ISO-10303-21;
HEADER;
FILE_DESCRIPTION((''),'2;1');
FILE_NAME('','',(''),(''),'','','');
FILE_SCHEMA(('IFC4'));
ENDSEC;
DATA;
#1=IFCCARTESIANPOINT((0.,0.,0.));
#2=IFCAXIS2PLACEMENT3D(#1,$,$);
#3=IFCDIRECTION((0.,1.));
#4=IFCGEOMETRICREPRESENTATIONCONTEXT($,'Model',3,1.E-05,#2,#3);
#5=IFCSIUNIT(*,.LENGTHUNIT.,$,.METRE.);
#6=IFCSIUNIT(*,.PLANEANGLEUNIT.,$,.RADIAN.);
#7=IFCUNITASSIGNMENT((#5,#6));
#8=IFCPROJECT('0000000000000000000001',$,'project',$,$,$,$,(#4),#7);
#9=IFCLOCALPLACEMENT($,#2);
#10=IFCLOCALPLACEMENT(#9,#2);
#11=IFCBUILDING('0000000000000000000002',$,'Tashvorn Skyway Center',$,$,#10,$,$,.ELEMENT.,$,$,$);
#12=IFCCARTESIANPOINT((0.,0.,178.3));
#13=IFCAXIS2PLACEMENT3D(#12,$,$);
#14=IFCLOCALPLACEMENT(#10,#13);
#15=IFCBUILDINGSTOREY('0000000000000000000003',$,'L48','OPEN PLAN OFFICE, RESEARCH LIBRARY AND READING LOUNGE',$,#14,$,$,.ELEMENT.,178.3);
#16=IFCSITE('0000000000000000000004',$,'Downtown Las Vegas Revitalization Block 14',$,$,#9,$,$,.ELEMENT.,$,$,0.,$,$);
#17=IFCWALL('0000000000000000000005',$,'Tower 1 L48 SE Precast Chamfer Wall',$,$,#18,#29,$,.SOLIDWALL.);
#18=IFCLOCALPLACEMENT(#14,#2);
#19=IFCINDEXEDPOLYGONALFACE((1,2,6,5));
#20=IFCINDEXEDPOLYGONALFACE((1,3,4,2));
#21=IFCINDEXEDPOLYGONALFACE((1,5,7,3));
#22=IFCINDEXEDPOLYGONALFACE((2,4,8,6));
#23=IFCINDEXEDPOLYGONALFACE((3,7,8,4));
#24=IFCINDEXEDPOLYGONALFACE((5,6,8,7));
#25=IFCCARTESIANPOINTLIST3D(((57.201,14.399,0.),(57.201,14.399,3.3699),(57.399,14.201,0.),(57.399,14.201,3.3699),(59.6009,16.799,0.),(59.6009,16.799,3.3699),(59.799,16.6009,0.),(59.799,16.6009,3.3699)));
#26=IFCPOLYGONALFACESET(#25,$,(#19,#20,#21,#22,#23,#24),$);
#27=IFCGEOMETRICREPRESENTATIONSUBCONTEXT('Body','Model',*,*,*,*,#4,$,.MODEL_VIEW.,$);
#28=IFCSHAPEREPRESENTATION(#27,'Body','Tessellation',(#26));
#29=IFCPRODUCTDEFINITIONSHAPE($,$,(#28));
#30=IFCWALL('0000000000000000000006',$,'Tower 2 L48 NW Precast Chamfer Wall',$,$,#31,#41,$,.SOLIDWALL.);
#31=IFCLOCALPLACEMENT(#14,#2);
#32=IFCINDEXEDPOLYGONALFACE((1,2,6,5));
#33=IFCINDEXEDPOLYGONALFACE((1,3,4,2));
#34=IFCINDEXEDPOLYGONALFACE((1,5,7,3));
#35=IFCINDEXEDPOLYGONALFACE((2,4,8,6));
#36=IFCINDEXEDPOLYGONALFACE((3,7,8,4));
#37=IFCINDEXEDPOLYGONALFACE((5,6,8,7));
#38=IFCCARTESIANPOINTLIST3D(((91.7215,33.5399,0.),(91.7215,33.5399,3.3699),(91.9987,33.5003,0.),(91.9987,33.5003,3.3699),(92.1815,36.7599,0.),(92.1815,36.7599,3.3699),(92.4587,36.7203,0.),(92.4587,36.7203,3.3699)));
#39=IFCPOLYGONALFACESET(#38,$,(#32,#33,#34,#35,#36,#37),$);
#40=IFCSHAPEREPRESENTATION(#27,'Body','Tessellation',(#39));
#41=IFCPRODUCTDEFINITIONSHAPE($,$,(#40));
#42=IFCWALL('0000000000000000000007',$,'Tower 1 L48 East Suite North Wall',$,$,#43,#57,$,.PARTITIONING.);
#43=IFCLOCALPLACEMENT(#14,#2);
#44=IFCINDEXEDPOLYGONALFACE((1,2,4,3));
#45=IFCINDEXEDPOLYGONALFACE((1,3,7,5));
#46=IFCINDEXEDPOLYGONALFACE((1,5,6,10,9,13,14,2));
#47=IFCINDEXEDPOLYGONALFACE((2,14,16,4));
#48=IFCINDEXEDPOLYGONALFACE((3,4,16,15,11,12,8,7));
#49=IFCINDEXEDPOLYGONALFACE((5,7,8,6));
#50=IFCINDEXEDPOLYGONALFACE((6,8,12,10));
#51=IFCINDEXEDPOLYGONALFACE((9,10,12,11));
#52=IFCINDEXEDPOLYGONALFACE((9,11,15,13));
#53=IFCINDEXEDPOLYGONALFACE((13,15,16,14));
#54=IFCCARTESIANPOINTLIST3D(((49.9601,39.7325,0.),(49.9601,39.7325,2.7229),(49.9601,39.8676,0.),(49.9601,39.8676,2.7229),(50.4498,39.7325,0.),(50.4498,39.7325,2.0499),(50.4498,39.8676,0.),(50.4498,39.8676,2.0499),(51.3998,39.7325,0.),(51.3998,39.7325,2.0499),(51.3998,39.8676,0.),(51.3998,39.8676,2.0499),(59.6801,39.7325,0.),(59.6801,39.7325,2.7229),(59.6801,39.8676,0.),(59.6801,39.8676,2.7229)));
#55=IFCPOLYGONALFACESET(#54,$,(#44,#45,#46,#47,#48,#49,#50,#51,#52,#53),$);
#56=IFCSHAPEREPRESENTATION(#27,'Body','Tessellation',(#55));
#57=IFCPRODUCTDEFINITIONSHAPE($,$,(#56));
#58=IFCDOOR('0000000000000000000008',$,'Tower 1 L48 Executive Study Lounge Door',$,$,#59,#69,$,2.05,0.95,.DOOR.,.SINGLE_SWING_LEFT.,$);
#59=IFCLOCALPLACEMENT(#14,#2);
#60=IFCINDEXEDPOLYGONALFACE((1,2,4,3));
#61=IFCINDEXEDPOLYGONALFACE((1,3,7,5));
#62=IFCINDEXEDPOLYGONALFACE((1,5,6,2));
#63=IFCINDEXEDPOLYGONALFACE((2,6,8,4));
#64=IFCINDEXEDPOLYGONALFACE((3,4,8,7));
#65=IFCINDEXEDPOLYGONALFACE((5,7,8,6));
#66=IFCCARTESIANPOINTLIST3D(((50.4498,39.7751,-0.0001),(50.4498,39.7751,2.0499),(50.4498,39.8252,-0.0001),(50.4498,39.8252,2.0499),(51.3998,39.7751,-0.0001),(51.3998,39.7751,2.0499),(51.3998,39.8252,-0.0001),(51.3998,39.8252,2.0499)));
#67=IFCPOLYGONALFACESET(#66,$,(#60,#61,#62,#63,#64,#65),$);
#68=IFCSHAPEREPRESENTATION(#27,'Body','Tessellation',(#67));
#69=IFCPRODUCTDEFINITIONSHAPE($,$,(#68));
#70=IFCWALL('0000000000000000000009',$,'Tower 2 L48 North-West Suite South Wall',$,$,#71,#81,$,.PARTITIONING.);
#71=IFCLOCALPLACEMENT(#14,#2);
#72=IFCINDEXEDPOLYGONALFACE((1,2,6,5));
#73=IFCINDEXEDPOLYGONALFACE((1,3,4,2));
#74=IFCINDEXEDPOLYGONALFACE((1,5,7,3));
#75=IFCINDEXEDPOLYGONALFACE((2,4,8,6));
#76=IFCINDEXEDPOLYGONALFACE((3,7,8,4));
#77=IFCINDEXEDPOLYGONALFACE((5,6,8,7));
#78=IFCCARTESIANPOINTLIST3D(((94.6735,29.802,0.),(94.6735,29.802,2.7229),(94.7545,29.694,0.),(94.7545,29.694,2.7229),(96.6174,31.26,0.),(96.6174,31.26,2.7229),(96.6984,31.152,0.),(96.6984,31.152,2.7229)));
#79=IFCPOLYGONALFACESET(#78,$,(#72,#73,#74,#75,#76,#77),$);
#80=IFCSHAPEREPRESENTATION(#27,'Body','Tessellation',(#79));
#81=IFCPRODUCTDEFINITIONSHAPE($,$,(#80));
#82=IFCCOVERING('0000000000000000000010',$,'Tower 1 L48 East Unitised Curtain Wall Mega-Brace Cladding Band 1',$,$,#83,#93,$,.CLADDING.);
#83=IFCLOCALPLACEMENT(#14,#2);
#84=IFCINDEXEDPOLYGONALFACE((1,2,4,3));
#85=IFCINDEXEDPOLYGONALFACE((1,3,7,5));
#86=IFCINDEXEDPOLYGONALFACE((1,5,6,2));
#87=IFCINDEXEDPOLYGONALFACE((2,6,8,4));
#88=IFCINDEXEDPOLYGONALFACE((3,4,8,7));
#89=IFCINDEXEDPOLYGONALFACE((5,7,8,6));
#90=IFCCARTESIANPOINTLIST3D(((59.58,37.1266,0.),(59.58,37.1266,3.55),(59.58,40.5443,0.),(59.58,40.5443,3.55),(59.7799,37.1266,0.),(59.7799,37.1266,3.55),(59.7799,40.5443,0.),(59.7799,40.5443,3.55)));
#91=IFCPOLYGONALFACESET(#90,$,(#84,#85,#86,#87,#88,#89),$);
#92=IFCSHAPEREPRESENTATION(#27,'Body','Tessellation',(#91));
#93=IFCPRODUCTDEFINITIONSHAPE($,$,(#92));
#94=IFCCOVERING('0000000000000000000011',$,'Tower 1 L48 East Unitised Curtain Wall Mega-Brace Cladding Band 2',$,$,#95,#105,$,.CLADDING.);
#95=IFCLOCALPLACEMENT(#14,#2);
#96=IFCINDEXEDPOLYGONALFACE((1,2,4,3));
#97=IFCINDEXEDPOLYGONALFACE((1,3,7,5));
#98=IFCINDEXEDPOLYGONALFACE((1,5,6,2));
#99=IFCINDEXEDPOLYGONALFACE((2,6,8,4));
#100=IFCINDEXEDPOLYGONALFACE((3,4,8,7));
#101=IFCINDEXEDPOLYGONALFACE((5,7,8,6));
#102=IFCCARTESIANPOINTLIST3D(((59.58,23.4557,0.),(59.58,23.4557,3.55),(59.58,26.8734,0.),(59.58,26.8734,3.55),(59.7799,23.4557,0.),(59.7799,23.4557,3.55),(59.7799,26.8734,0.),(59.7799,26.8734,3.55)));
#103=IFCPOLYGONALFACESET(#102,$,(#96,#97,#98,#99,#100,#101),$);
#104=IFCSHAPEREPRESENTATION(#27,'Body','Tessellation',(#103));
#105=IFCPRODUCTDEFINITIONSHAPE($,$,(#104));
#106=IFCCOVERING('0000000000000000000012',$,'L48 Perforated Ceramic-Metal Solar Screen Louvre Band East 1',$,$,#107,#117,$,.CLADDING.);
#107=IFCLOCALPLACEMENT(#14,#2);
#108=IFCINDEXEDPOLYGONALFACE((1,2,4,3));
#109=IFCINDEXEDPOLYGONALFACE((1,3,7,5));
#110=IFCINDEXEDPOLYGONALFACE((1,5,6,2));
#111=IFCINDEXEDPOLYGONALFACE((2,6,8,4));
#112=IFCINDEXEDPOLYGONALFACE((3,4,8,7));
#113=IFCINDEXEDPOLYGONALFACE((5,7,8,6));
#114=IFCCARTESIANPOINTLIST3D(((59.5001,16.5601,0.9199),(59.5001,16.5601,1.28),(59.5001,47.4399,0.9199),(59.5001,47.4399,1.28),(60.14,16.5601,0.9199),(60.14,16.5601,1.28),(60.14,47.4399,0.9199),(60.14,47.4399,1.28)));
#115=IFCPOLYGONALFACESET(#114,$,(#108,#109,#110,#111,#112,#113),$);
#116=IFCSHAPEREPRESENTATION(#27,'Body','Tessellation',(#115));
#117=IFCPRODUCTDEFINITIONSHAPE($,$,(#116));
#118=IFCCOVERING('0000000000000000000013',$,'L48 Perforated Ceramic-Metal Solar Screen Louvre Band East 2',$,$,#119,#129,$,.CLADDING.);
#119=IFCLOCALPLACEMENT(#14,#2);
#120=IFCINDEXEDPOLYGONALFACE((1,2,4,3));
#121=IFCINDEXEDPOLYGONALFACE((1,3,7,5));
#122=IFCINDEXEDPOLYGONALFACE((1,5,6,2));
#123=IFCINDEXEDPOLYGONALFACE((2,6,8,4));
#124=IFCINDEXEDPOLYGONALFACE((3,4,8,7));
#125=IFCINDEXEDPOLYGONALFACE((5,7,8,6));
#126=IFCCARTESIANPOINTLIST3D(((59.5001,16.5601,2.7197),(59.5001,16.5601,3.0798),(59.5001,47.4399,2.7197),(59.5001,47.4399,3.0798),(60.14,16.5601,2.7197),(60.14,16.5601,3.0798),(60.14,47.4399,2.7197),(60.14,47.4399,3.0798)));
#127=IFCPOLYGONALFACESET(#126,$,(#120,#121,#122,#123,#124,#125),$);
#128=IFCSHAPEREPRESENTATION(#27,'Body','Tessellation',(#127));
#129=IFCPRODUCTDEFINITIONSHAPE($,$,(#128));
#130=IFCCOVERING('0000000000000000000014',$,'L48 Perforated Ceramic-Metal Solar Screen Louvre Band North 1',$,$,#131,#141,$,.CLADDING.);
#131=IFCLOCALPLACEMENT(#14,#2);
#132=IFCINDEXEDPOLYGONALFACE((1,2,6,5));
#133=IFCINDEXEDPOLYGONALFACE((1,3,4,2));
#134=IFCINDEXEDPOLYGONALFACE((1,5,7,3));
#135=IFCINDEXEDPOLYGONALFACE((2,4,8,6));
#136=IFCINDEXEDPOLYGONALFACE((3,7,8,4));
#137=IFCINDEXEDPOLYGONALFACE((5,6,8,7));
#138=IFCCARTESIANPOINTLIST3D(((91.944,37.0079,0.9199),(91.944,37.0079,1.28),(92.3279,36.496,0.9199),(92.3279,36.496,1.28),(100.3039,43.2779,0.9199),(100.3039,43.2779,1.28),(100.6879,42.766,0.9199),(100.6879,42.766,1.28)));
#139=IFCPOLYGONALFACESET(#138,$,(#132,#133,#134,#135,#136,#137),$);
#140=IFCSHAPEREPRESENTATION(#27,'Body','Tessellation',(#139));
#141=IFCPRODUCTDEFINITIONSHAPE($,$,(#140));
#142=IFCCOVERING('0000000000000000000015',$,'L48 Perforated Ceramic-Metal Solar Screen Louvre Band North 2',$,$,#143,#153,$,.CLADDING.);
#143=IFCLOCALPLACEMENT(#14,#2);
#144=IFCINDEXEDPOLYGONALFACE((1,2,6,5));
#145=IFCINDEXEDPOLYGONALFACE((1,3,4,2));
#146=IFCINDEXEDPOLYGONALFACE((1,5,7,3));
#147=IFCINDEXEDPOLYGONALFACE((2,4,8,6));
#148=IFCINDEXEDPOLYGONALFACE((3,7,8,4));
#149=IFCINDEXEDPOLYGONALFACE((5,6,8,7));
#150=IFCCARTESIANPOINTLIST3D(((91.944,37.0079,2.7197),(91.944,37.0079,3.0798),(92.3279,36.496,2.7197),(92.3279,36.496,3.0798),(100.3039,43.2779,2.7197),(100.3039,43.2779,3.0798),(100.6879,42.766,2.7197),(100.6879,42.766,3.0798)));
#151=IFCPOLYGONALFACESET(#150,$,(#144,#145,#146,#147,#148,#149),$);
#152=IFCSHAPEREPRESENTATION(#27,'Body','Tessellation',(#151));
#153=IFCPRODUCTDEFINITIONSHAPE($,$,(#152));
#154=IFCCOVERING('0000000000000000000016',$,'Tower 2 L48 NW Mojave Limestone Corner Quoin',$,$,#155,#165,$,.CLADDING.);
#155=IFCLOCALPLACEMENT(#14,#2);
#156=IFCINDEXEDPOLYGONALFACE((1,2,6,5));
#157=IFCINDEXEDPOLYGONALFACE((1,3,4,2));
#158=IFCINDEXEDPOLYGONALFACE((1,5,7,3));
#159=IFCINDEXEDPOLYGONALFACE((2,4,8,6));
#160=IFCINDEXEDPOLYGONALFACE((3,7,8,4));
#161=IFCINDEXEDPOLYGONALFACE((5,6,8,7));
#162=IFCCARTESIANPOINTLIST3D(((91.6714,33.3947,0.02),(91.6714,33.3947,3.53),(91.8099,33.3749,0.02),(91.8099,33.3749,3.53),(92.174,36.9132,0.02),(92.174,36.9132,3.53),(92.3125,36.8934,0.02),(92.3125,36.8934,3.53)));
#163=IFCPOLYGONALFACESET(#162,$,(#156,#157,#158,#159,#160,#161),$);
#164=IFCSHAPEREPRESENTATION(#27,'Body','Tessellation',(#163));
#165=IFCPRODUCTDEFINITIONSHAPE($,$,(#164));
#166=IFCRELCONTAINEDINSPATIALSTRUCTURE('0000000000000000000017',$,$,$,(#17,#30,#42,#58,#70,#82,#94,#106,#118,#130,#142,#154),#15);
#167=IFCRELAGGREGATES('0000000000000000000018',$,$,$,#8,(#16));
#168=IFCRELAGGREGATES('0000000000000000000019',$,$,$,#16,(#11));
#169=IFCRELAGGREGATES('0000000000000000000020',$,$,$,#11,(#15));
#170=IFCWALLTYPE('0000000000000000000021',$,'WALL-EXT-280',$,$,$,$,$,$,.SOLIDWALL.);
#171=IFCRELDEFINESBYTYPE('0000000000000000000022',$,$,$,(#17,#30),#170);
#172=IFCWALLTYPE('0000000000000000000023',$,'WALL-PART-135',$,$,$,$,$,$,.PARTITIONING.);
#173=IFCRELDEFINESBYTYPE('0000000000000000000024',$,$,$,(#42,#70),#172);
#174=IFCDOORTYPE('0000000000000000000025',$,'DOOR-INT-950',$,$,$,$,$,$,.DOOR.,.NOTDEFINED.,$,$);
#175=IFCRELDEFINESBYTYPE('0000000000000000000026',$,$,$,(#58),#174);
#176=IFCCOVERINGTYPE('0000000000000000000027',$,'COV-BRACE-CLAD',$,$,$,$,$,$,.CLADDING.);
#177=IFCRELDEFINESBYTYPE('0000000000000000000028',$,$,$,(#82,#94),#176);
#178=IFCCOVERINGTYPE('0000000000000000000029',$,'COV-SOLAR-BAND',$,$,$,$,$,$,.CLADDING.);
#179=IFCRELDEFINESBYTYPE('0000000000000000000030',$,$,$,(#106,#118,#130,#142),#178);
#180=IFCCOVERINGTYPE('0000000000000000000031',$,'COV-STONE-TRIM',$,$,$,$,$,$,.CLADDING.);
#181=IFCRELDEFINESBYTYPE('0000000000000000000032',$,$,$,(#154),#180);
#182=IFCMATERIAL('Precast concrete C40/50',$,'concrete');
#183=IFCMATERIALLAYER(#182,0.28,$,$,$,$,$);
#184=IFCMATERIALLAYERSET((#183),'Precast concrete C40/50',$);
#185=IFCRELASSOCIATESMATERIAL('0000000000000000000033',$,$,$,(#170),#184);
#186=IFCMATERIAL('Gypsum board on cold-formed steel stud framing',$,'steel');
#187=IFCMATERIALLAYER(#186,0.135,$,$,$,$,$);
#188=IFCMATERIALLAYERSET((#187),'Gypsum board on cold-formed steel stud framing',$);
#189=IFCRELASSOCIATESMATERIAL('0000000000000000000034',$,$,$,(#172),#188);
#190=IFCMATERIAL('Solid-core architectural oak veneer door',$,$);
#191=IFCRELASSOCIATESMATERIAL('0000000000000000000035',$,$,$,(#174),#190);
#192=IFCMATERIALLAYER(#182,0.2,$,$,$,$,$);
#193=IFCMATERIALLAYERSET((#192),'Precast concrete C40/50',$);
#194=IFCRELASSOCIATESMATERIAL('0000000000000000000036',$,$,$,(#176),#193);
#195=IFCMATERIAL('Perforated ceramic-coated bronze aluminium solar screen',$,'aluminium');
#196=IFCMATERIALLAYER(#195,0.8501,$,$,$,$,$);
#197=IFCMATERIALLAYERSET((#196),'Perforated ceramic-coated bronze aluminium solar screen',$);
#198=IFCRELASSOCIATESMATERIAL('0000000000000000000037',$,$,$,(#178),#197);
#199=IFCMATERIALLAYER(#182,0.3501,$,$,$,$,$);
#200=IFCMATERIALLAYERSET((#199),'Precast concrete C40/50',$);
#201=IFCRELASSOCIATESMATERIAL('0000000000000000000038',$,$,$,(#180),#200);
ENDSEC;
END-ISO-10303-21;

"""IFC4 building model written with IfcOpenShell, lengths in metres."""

from ifc_helpers import new_model, si_unit, direction, frame, frame_2d, origin, origin_2d, place, context, subcontext, project, spatial, rectangle, extrude, material, layer, layer_set, type_object, element, fill, save


model = new_model("IFC4")

# Units and contexts
model_context = context("Model", 3, precision=1e-05, world=origin(), true_north=direction((0.0, 1.0)))
body_context = subcontext(model_context, "Body", "Model", "MODEL_VIEW")
ifc_project = project(units=[si_unit("LENGTHUNIT", "METRE"), si_unit("PLANEANGLEUNIT", "RADIAN")], contexts=[model_context])

# Site, building, storey
site_placement = place(None, origin())
site = spatial("IfcSite", under=ifc_project, at=site_placement, Name="Downtown Las Vegas Revitalization Block 14", CompositionType="ELEMENT", RefElevation=0.0)
building_placement = place(site_placement, origin())
building = spatial("IfcBuilding", under=site, at=building_placement, Name="Tashvorn Skyway Center", CompositionType="ELEMENT")
storey_placement = place(building_placement, frame((0.0, 0.0, 178.3)))
storey = spatial("IfcBuildingStorey", under=building, at=storey_placement, Name="L48", Description="OPEN PLAN OFFICE, RESEARCH LIBRARY AND READING LOUNGE", CompositionType="ELEMENT", Elevation=178.3)

# Walls
ifc_material_1 = material(Name="Precast concrete C40/50", Category="concrete")
ifc_layer_1 = layer(ifc_material_1, 0.28)
ifc_layer_set_1 = layer_set([ifc_layer_1], Name="Precast concrete C40/50")
wall_type_1 = type_object("IfcWallType", Name="WALL-EXT-280", PredefinedType="SOLIDWALL", material=ifc_layer_set_1)
wall_1_placement = place(storey_placement, frame((59.7, 16.7, 0.0), z_axis=(0.0, 0.0, 1.0), x_axis=(-0.707107, -0.707107, 0.0)))
element("IfcWall", 1, at=wall_1_placement, inside=storey, type_object=wall_type_1, Name="Tower 1 L48 SE Precast Chamfer Wall", PredefinedType="SOLIDWALL", context=body_context, shape_type="SweptSolid", body=[
    extrude(rectangle(XDim=3.394, YDim=0.28, at=frame_2d((1.697, 0.0))), origin(), (0.0, 0.0, 1.0), 3.3699),
])
wall_2_placement = place(storey_placement, frame((91.8601, 33.52, 0.0), z_axis=(0.0, 0.0, 1.0), x_axis=(0.141411, 0.989951, 0.0)))
element("IfcWall", 2, at=wall_2_placement, inside=storey, type_object=wall_type_1, Name="Tower 2 L48 NW Precast Chamfer Wall", PredefinedType="SOLIDWALL", context=body_context, shape_type="SweptSolid", body=[
    extrude(rectangle(XDim=3.2527, YDim=0.28, at=frame_2d((1.6265, 0.0))), origin(), (0.0, 0.0, 1.0), 3.3699),
])

# Wall, opening, door
ifc_material_2 = material(Name="Gypsum board on cold-formed steel stud framing", Category="steel")
ifc_layer_2 = layer(ifc_material_2, 0.135)
ifc_layer_set_2 = layer_set([ifc_layer_2], Name="Gypsum board on cold-formed steel stud framing")
wall_type_2 = type_object("IfcWallType", Name="WALL-PART-135", PredefinedType="PARTITIONING", material=ifc_layer_set_2)
wall_3_placement = place(storey_placement, frame((59.6799, 39.8, 0.0), z_axis=(0.0, 0.0, 1.0), x_axis=(-1.0, 0.0, 0.0)))
wall_3 = element("IfcWall", 3, at=wall_3_placement, inside=storey, type_object=wall_type_2, Name="Tower 1 L48 East Suite North Wall", PredefinedType="PARTITIONING", context=body_context, shape_type="SweptSolid", body=[
    extrude(rectangle(XDim=9.72, YDim=0.135, at=frame_2d((4.8599, 0.0))), origin(), (0.0, 0.0, 1.0), 2.7229),
])
opening_placement = place(wall_3_placement, frame((8.28, 0.0, 0.0)))
opening = element("IfcOpeningElement", 4, at=opening_placement, cuts=wall_3, PredefinedType="OPENING", context=body_context, shape_type="SweptSolid", body=[
    extrude(rectangle(XDim=0.95, YDim=2.05, at=frame_2d((0.4751, 1.0249))), frame((0.0, 0.0774, 0.0), z_axis=(0.0, -1.0, 0.0), x_axis=(1.0, 0.0, 0.0)), (0.0, 0.0, 1.0), 0.155),
])
ifc_material_3 = material(Name="Solid-core architectural oak veneer door")
door_type = type_object("IfcDoorType", Name="DOOR-INT-950", OperationType="NOTDEFINED", PredefinedType="DOOR", material=ifc_material_3)
door_placement = place(opening_placement, origin())
door = element("IfcDoor", 5, at=door_placement, inside=storey, type_object=door_type, Name="Tower 1 L48 Executive Study Lounge Door", OperationType="SINGLE_SWING_LEFT", OverallHeight=2.05, OverallWidth=0.95, PredefinedType="DOOR", context=body_context, shape_type="SweptSolid", body=[
    extrude(rectangle(XDim=0.95, YDim=2.05, at=frame_2d((0.4751, 1.0249))), frame((0.0, 0.0249, 0.0), z_axis=(0.0, -1.0, 0.0), x_axis=(1.0, 0.0, 0.0)), (0.0, 0.0, 1.0), 0.05),
])
fill(opening, door)

# Wall
wall_4_placement = place(storey_placement, frame((94.7141, 29.748, 0.0), z_axis=(0.0, 0.0, 1.0), x_axis=(0.799976, 0.600032, 0.0)))
element("IfcWall", 6, at=wall_4_placement, inside=storey, type_object=wall_type_2, Name="Tower 2 L48 North-West Suite South Wall", PredefinedType="PARTITIONING", context=body_context, shape_type="SweptSolid", body=[
    extrude(rectangle(XDim=2.4299, YDim=0.135, at=frame_2d((1.2148, 0.0))), origin(), (0.0, 0.0, 1.0), 2.7229),
])

# Coverings
ifc_layer_3 = layer(ifc_material_1, 0.2)
ifc_layer_set_3 = layer_set([ifc_layer_3], Name="Precast concrete C40/50")
covering_type_1 = type_object("IfcCoveringType", Name="COV-BRACE-CLAD", PredefinedType="CLADDING", material=ifc_layer_set_3)
for number, where, z_axis, x_axis, name in (
    (7, (59.6799, 38.8354, 0.0), (0.0, 0.0, 1.0), (0.0, -1.0, 0.0), "Tower 1 L48 East Unitised Curtain Wall Mega-Brace Cladding Band 1"),
    (8, (59.6799, 25.1646, 0.0), (0.0, 0.0, 1.0), (0.0, -1.0, 0.0), "Tower 1 L48 East Unitised Curtain Wall Mega-Brace Cladding Band 2"),
):
    element("IfcCovering", number, at=place(storey_placement, frame(where, z_axis=z_axis, x_axis=x_axis)), inside=storey, type_object=covering_type_1, Name=name, PredefinedType="CLADDING", context=body_context, shape_type="SweptSolid", body=[
        extrude(rectangle(XDim=3.4177, YDim=0.2, at=origin_2d()), origin(), (0.0, 0.0, 1.0), 3.55),
    ])
ifc_material_4 = material(Name="Perforated ceramic-coated bronze aluminium solar screen", Category="aluminium")
ifc_layer_4 = layer(ifc_material_4, 0.8501)
ifc_layer_set_4 = layer_set([ifc_layer_4], Name="Perforated ceramic-coated bronze aluminium solar screen")
covering_type_2 = type_object("IfcCoveringType", Name="COV-SOLAR-BAND", PredefinedType="CLADDING", material=ifc_layer_set_4)
for number, where, z_axis, x_axis, name in (
    (9, (59.8201, 32.0, 0.9199), (0.0, 0.0, 1.0), (0.0, -1.0, 0.0), "L48 Perforated Ceramic-Metal Solar Screen Louvre Band East 1"),
    (10, (59.8201, 32.0, 2.7197), (0.0, 0.0, 1.0), (0.0, -1.0, 0.0), "L48 Perforated Ceramic-Metal Solar Screen Louvre Band East 2"),
):
    element("IfcCovering", number, at=place(storey_placement, frame(where, z_axis=z_axis, x_axis=x_axis)), inside=storey, type_object=covering_type_2, Name=name, PredefinedType="CLADDING", context=body_context, shape_type="SweptSolid", body=[
        extrude(rectangle(XDim=30.8799, YDim=0.6399, at=origin_2d()), origin(), (0.0, 0.0, 1.0), 0.3601),
    ])
for number, where, z_axis, x_axis, name in (
    (11, (96.3159, 39.887, 0.9199), (0.0, 0.0, 1.0), (0.8, 0.6, 0.0), "L48 Perforated Ceramic-Metal Solar Screen Louvre Band North 1"),
    (12, (96.3159, 39.887, 2.7197), (0.0, 0.0, 1.0), (0.8, 0.6, 0.0), "L48 Perforated Ceramic-Metal Solar Screen Louvre Band North 2"),
):
    element("IfcCovering", number, at=place(storey_placement, frame(where, z_axis=z_axis, x_axis=x_axis)), inside=storey, type_object=covering_type_2, Name=name, PredefinedType="CLADDING", context=body_context, shape_type="SweptSolid", body=[
        extrude(rectangle(XDim=10.45, YDim=0.6399, at=origin_2d()), origin(), (0.0, 0.0, 1.0), 0.3601),
    ])
ifc_layer_5 = layer(ifc_material_1, 0.3501)
ifc_layer_set_5 = layer_set([ifc_layer_5], Name="Precast concrete C40/50")
covering_type_3 = type_object("IfcCoveringType", Name="COV-STONE-TRIM", PredefinedType="CLADDING", material=ifc_layer_set_5)
covering_placement = place(storey_placement, frame((91.9919, 35.144, 0.02), z_axis=(0.0, 0.0, 1.0), x_axis=(-0.141421, -0.989949, 0.0)))
element("IfcCovering", 13, at=covering_placement, inside=storey, type_object=covering_type_3, Name="Tower 2 L48 NW Mojave Limestone Corner Quoin", PredefinedType="CLADDING", context=body_context, shape_type="SweptSolid", body=[
    extrude(rectangle(XDim=3.5542, YDim=0.1399, at=origin_2d()), origin(), (0.0, 0.0, 1.0), 3.51),
])

save(model, "model.ifc")
